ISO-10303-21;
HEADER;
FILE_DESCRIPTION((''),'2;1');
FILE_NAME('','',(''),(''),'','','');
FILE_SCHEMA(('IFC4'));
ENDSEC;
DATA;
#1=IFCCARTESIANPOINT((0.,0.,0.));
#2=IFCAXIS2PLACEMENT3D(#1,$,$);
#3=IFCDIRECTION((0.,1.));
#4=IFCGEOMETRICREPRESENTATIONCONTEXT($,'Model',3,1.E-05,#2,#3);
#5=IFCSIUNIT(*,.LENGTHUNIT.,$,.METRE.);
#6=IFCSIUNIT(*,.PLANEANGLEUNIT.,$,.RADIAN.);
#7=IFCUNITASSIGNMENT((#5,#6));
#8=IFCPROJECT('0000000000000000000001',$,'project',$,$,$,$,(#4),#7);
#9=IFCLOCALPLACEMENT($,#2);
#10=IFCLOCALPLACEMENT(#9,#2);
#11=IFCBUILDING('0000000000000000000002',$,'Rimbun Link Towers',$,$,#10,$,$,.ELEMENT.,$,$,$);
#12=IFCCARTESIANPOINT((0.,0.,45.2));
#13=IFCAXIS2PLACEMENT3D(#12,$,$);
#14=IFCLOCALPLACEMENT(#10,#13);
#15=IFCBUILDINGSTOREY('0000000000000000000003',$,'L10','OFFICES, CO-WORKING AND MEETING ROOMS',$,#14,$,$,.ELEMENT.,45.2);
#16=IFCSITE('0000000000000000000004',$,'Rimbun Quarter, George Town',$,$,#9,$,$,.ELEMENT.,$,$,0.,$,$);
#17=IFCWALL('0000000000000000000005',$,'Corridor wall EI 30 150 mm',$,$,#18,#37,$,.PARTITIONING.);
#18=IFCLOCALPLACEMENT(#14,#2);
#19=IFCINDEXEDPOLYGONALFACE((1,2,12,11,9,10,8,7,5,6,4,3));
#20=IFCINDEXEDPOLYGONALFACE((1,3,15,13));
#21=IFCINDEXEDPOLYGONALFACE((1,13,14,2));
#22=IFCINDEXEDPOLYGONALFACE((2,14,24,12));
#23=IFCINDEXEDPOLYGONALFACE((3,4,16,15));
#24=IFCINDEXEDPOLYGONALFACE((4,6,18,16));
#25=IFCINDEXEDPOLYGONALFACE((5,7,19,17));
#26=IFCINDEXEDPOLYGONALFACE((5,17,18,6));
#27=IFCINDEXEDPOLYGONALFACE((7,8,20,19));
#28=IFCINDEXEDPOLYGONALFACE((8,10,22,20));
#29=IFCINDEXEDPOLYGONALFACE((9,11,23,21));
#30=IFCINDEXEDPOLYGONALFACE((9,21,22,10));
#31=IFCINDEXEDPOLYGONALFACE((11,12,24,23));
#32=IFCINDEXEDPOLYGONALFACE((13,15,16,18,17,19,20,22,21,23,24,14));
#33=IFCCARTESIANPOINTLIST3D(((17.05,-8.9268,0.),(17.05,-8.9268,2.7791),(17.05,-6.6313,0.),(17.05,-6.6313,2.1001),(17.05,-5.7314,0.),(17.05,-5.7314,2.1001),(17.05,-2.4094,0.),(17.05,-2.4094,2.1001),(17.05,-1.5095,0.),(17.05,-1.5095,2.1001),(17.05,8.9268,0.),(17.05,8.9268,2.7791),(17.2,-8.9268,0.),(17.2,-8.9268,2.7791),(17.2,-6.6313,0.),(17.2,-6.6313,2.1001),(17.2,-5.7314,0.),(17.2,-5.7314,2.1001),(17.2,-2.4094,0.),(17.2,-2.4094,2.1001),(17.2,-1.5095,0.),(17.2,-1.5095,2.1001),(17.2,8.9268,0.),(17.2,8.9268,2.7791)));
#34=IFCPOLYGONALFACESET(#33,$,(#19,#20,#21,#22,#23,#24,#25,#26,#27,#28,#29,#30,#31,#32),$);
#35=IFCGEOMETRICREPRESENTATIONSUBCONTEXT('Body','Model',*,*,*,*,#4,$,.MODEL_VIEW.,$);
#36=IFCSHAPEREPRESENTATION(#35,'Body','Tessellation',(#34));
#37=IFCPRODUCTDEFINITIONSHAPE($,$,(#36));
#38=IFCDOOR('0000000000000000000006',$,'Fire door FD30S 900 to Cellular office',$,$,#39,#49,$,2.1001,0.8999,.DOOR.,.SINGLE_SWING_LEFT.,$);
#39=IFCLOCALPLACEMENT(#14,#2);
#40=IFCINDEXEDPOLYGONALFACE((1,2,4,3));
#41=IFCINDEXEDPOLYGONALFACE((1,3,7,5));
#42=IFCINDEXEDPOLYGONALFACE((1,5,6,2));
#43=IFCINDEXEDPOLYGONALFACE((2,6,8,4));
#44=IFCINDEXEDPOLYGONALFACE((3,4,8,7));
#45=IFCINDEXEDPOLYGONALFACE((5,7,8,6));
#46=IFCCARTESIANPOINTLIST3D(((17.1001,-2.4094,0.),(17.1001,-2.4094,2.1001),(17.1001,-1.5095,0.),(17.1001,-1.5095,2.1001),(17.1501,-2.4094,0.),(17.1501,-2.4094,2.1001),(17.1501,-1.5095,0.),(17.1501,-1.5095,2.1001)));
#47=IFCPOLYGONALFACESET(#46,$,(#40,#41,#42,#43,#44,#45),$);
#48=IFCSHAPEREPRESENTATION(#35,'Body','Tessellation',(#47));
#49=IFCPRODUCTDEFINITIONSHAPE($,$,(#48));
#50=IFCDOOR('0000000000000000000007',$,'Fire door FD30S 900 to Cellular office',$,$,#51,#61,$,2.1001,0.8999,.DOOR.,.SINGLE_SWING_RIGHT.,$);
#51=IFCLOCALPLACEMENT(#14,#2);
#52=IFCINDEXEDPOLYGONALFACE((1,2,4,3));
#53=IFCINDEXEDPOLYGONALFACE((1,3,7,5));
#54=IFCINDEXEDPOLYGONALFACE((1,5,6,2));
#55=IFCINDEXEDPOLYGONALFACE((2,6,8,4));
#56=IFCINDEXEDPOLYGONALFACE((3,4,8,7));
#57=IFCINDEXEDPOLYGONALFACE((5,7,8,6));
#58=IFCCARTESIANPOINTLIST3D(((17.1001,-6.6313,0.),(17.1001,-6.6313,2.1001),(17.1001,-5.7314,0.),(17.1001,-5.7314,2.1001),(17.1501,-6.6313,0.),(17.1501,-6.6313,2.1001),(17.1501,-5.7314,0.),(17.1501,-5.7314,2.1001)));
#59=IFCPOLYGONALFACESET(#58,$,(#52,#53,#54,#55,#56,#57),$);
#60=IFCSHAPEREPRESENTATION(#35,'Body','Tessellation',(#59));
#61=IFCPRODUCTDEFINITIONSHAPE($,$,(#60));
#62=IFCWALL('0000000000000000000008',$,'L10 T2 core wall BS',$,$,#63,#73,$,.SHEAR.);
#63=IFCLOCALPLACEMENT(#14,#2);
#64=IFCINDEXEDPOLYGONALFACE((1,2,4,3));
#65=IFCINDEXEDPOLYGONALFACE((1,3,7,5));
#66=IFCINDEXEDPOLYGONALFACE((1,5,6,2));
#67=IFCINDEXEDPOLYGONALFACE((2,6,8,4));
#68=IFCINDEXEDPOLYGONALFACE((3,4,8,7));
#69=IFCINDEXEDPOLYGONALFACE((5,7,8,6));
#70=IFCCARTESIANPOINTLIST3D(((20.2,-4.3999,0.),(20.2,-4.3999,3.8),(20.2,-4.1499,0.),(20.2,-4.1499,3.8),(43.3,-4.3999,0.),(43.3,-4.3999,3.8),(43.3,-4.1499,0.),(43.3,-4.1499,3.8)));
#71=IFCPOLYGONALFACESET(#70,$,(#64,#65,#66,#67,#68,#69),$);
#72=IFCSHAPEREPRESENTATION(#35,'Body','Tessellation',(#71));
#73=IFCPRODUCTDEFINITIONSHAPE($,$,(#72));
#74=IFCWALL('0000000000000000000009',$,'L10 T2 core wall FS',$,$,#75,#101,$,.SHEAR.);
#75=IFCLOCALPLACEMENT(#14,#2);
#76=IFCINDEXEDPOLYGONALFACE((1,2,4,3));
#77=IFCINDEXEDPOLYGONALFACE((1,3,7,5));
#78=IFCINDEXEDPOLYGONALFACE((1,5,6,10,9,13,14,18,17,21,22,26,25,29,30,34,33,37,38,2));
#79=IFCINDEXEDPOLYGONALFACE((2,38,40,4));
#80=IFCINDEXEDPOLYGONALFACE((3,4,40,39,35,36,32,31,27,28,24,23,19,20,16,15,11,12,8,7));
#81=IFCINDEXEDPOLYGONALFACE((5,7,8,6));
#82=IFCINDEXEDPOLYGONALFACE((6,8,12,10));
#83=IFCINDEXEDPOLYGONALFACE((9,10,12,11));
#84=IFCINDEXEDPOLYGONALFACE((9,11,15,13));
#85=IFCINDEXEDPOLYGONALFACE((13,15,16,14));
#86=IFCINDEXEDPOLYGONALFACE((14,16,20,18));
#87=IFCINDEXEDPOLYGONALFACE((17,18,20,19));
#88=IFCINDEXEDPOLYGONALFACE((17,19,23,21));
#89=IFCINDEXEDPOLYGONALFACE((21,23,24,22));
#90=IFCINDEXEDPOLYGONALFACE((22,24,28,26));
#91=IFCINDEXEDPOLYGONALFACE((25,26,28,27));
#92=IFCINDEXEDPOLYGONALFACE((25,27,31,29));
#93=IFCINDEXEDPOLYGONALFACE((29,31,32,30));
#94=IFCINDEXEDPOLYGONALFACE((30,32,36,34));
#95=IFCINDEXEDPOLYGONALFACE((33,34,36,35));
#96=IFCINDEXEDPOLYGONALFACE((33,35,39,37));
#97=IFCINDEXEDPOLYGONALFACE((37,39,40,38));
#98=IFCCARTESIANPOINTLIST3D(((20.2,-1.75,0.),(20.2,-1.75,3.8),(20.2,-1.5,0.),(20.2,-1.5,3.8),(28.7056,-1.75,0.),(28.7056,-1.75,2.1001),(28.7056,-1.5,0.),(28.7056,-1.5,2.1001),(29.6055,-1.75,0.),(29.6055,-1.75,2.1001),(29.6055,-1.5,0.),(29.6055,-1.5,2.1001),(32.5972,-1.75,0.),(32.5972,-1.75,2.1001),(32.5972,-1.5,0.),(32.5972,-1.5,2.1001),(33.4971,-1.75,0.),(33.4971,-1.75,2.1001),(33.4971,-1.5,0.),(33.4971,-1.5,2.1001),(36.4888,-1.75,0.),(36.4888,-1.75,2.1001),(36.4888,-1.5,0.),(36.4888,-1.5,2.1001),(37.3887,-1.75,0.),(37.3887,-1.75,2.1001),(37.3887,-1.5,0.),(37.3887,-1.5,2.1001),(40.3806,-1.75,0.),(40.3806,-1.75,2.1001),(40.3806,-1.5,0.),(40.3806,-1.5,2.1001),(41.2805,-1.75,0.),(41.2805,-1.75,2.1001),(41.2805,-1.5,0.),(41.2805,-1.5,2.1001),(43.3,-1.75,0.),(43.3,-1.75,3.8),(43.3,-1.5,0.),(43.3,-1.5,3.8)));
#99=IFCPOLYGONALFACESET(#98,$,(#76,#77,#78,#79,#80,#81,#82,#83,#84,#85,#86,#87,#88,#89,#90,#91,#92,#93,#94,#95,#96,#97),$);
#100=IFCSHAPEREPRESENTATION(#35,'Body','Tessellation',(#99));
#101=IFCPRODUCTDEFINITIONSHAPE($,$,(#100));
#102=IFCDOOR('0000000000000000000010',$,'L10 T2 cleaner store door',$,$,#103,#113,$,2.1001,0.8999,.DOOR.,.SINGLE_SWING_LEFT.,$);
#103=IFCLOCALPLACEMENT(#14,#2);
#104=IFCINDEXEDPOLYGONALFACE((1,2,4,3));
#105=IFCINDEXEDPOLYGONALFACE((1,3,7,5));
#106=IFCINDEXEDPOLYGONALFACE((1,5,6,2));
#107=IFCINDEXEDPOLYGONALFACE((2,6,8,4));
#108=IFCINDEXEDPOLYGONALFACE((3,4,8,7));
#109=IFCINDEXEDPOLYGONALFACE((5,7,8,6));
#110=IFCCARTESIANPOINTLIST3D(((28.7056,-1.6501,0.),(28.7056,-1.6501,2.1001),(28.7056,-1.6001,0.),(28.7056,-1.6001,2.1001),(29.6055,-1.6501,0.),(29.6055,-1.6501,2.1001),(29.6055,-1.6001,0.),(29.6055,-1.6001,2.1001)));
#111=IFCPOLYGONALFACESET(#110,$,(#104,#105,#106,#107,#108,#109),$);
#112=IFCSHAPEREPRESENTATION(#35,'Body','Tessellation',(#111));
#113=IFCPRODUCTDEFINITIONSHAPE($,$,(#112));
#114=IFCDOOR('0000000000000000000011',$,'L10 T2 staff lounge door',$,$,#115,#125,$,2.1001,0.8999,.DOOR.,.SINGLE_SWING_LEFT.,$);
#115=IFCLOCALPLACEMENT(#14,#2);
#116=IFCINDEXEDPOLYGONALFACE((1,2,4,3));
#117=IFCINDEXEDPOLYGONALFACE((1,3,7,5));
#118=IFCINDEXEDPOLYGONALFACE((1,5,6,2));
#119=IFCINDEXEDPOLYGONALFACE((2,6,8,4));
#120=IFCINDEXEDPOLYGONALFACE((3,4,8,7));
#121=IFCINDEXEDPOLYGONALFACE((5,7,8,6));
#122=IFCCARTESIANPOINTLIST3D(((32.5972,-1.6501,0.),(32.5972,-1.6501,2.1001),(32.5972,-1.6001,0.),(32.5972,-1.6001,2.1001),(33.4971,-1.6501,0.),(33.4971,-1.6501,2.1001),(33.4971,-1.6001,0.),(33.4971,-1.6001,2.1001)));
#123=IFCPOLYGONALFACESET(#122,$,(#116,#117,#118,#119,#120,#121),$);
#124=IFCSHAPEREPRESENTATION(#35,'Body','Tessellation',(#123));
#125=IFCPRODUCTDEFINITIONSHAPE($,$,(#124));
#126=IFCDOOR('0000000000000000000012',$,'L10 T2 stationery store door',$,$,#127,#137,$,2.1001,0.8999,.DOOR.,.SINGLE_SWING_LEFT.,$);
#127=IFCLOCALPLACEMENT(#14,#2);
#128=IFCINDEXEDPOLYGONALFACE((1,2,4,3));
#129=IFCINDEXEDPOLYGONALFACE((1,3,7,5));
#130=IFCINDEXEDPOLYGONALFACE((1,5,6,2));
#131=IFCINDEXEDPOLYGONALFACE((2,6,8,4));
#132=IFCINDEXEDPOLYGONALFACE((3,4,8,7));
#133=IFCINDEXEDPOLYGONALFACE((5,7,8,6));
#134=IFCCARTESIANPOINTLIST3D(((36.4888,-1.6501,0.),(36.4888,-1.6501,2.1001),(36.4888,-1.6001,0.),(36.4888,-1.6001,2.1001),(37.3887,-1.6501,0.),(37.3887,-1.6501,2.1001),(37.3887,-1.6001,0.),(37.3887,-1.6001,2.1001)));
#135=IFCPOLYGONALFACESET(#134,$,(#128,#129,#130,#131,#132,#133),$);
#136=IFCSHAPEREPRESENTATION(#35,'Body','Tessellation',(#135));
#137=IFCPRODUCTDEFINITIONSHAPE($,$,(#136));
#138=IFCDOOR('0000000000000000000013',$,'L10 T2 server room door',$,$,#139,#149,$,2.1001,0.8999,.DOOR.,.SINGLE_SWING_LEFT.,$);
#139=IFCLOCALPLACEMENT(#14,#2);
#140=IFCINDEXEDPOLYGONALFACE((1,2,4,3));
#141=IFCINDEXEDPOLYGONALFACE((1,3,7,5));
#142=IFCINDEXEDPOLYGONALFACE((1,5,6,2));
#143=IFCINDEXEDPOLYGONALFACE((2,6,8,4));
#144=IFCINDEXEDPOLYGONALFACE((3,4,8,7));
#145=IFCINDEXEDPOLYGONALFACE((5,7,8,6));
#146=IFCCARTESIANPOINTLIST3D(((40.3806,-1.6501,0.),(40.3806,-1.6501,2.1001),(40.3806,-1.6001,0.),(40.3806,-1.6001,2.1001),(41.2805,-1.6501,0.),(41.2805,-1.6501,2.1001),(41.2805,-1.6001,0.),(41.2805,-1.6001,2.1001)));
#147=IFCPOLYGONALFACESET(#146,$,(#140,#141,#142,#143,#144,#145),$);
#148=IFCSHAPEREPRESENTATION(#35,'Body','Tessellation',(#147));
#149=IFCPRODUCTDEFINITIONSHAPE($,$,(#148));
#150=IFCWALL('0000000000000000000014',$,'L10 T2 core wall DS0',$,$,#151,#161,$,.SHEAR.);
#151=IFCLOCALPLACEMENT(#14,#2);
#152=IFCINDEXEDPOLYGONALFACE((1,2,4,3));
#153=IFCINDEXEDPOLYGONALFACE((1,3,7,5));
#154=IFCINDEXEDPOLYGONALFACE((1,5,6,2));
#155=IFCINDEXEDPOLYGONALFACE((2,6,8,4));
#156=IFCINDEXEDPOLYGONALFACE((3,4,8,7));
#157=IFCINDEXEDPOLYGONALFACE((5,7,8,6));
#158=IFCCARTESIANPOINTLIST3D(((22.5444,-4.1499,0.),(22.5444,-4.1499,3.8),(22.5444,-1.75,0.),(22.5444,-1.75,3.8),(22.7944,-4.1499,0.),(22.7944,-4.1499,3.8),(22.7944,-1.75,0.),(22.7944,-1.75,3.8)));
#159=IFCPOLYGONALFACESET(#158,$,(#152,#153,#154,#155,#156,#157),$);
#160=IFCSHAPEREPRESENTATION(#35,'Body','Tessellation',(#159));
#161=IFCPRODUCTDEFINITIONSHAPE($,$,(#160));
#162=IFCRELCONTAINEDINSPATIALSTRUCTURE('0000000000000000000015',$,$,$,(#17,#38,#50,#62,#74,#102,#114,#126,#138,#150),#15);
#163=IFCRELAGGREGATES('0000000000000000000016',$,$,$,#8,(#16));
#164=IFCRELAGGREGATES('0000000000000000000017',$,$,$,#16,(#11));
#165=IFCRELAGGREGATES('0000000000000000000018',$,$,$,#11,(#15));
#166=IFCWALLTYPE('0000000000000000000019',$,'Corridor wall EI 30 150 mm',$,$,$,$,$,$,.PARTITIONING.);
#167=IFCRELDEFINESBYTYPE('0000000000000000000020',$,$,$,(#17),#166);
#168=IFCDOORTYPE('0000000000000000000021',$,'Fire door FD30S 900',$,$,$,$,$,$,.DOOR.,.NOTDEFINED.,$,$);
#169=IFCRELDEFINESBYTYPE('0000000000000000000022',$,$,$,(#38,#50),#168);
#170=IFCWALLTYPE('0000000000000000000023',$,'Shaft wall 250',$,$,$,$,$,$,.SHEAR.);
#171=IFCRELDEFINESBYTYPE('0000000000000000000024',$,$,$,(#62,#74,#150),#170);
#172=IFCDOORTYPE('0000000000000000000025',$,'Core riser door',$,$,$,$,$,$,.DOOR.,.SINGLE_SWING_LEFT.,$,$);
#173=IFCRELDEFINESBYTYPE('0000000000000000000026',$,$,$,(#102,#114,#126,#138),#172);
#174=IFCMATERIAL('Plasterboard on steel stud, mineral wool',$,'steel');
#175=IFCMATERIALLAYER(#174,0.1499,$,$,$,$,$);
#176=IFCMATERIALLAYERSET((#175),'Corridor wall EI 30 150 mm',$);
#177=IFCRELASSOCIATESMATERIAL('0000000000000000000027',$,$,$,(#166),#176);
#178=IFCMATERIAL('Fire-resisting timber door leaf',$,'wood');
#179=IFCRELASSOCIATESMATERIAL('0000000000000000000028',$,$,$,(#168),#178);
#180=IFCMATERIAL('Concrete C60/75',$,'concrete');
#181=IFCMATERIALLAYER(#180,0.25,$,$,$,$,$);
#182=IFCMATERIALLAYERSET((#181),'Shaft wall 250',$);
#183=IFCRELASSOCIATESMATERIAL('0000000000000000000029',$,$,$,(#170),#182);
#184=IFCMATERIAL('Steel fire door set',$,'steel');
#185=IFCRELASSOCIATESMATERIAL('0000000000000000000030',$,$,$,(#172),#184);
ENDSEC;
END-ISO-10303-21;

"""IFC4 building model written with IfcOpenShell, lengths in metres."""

from ifc_helpers import new_model, si_unit, direction, frame, frame_2d, origin, place, context, subcontext, project, spatial, rectangle, extrude, material, layer, layer_set, type_object, element, fill, save


model = new_model("IFC4")

# Units and contexts
model_context = context("Model", 3, precision=1e-05, world=origin(), true_north=direction((0.0, 1.0)))
body_context = subcontext(model_context, "Body", "Model", "MODEL_VIEW")
ifc_project = project(units=[si_unit("LENGTHUNIT", "METRE"), si_unit("PLANEANGLEUNIT", "RADIAN")], contexts=[model_context])

# Site, building, storey
site_placement = place(None, origin())
site = spatial("IfcSite", under=ifc_project, at=site_placement, Name="Rimbun Quarter, George Town", CompositionType="ELEMENT", RefElevation=0.0)
building_placement = place(site_placement, origin())
building = spatial("IfcBuilding", under=site, at=building_placement, Name="Rimbun Link Towers", CompositionType="ELEMENT")
storey_placement = place(building_placement, frame((0.0, 0.0, 45.2)))
storey = spatial("IfcBuildingStorey", under=building, at=storey_placement, Name="L10", Description="OFFICES, CO-WORKING AND MEETING ROOMS", CompositionType="ELEMENT", Elevation=45.2)

# Shared definitions
ifc_material_1 = material(Name="Plasterboard on steel stud, mineral wool", Category="steel")
ifc_layer_1 = layer(ifc_material_1, 0.1499)
ifc_layer_set_1 = layer_set([ifc_layer_1], Name="Corridor wall EI 30 150 mm")
wall_type_1 = type_object("IfcWallType", Name="Corridor wall EI 30 150 mm", PredefinedType="PARTITIONING", material=ifc_layer_set_1)
ifc_material_2 = material(Name="Fire-resisting timber door leaf", Category="wood")
door_type_1 = type_object("IfcDoorType", Name="Fire door FD30S 900", OperationType="NOTDEFINED", PredefinedType="DOOR", material=ifc_material_2)

# Wall, openings, doors
wall_1_placement = place(storey_placement, frame((17.125, -8.9268, 0.0), z_axis=(0.0, 0.0, 1.0), x_axis=(0.0, 1.0, 0.0)))
wall_1 = element("IfcWall", 1, at=wall_1_placement, inside=storey, type_object=wall_type_1, Name="Corridor wall EI 30 150 mm", PredefinedType="PARTITIONING", context=body_context, shape_type="SweptSolid", body=[
    extrude(rectangle(XDim=17.8535, YDim=0.1499, at=frame_2d((8.9268, 0.0))), origin(), (0.0, 0.0, 1.0), 2.7791),
])
opening_1_placement = place(wall_1_placement, frame((6.5173, 0.0, 0.0)))
opening_1 = element("IfcOpeningElement", 2, at=opening_1_placement, cuts=wall_1, PredefinedType="OPENING", context=body_context, shape_type="SweptSolid", body=[
    extrude(rectangle(XDim=0.8999, YDim=2.1001, at=frame_2d((0.45, 1.05))), frame((0.0, 0.085, 0.0), z_axis=(0.0, -1.0, 0.0), x_axis=(1.0, 0.0, 0.0)), (0.0, 0.0, 1.0), 0.1699),
])
opening_2_placement = place(wall_1_placement, frame((2.2954, 0.0, 0.0)))
opening_2 = element("IfcOpeningElement", 3, at=opening_2_placement, cuts=wall_1, PredefinedType="OPENING", context=body_context, shape_type="SweptSolid", body=[
    extrude(rectangle(XDim=0.8999, YDim=2.1001, at=frame_2d((0.45, 1.05))), frame((0.0, 0.085, 0.0), z_axis=(0.0, -1.0, 0.0), x_axis=(1.0, 0.0, 0.0)), (0.0, 0.0, 1.0), 0.1699),
])
door_1_placement = place(opening_1_placement, origin())
door_1 = element("IfcDoor", 4, at=door_1_placement, inside=storey, type_object=door_type_1, Name="Fire door FD30S 900 to Cellular office", OperationType="SINGLE_SWING_LEFT", OverallHeight=2.1001, OverallWidth=0.8999, PredefinedType="DOOR", context=body_context, shape_type="SweptSolid", body=[
    extrude(rectangle(XDim=0.8999, YDim=2.1001, at=frame_2d((0.45, 1.05))), frame((0.0, 0.0249, 0.0), z_axis=(0.0, -1.0, 0.0), x_axis=(1.0, 0.0, 0.0)), (0.0, 0.0, 1.0), 0.05),
])
fill(opening_1, door_1)
door_2_placement = place(opening_2_placement, origin())
door_2 = element("IfcDoor", 5, at=door_2_placement, inside=storey, type_object=door_type_1, Name="Fire door FD30S 900 to Cellular office", OperationType="SINGLE_SWING_RIGHT", OverallHeight=2.1001, OverallWidth=0.8999, PredefinedType="DOOR", context=body_context, shape_type="SweptSolid", body=[
    extrude(rectangle(XDim=0.8999, YDim=2.1001, at=frame_2d((0.45, 1.05))), frame((0.0, 0.0249, 0.0), z_axis=(0.0, -1.0, 0.0), x_axis=(1.0, 0.0, 0.0)), (0.0, 0.0, 1.0), 0.05),
])
fill(opening_2, door_2)

# Wall
ifc_material_3 = material(Name="Concrete C60/75", Category="concrete")
ifc_layer_2 = layer(ifc_material_3, 0.25)
ifc_layer_set_2 = layer_set([ifc_layer_2], Name="Shaft wall 250")
wall_type_2 = type_object("IfcWallType", Name="Shaft wall 250", PredefinedType="SHEAR", material=ifc_layer_set_2)
wall_2_placement = place(storey_placement, frame((20.2, -4.2749, 0.0), z_axis=(0.0, 0.0, 1.0), x_axis=(1.0, 0.0, 0.0)))
element("IfcWall", 6, at=wall_2_placement, inside=storey, type_object=wall_type_2, Name="L10 T2 core wall BS", PredefinedType="SHEAR", context=body_context, shape_type="SweptSolid", body=[
    extrude(rectangle(XDim=23.1001, YDim=0.25, at=frame_2d((11.55, 0.0))), origin(), (0.0, 0.0, 1.0), 3.8),
])

# Wall, openings, doors
wall_3_placement = place(storey_placement, frame((20.2, -1.625, 0.0), z_axis=(0.0, 0.0, 1.0), x_axis=(1.0, 0.0, 0.0)))
wall_3 = element("IfcWall", 7, at=wall_3_placement, inside=storey, type_object=wall_type_2, Name="L10 T2 core wall FS", PredefinedType="SHEAR", context=body_context, shape_type="SweptSolid", body=[
    extrude(rectangle(XDim=23.1001, YDim=0.25, at=frame_2d((11.55, 0.0))), origin(), (0.0, 0.0, 1.0), 3.8),
])
opening_3_placement = place(wall_3_placement, frame((8.5056, 0.0, 0.0)))
opening_3 = element("IfcOpeningElement", 8, at=opening_3_placement, cuts=wall_3, PredefinedType="OPENING", context=body_context, shape_type="SweptSolid", body=[
    extrude(rectangle(XDim=0.8999, YDim=2.1001, at=frame_2d((0.45, 1.05))), frame((0.0, 0.135, 0.0), z_axis=(0.0, -1.0, 0.0), x_axis=(1.0, 0.0, 0.0)), (0.0, 0.0, 1.0), 0.27),
])
opening_4_placement = place(wall_3_placement, frame((12.3972, 0.0, 0.0)))
opening_4 = element("IfcOpeningElement", 9, at=opening_4_placement, cuts=wall_3, PredefinedType="OPENING", context=body_context, shape_type="SweptSolid", body=[
    extrude(rectangle(XDim=0.8999, YDim=2.1001, at=frame_2d((0.45, 1.05))), frame((0.0, 0.135, 0.0), z_axis=(0.0, -1.0, 0.0), x_axis=(1.0, 0.0, 0.0)), (0.0, 0.0, 1.0), 0.27),
])
opening_5_placement = place(wall_3_placement, frame((16.2888, 0.0, 0.0)))
opening_5 = element("IfcOpeningElement", 10, at=opening_5_placement, cuts=wall_3, PredefinedType="OPENING", context=body_context, shape_type="SweptSolid", body=[
    extrude(rectangle(XDim=0.8999, YDim=2.1001, at=frame_2d((0.45, 1.05))), frame((0.0, 0.135, 0.0), z_axis=(0.0, -1.0, 0.0), x_axis=(1.0, 0.0, 0.0)), (0.0, 0.0, 1.0), 0.27),
])
opening_6_placement = place(wall_3_placement, frame((20.1807, 0.0, 0.0)))
opening_6 = element("IfcOpeningElement", 11, at=opening_6_placement, cuts=wall_3, PredefinedType="OPENING", context=body_context, shape_type="SweptSolid", body=[
    extrude(rectangle(XDim=0.8999, YDim=2.1001, at=frame_2d((0.45, 1.05))), frame((0.0, 0.135, 0.0), z_axis=(0.0, -1.0, 0.0), x_axis=(1.0, 0.0, 0.0)), (0.0, 0.0, 1.0), 0.27),
])
ifc_material_4 = material(Name="Steel fire door set", Category="steel")
door_type_2 = type_object("IfcDoorType", Name="Core riser door", OperationType="SINGLE_SWING_LEFT", PredefinedType="DOOR", material=ifc_material_4)
door_3_placement = place(opening_3_placement, origin())
door_3 = element("IfcDoor", 12, at=door_3_placement, inside=storey, type_object=door_type_2, Name="L10 T2 cleaner store door", OperationType="SINGLE_SWING_LEFT", OverallHeight=2.1001, OverallWidth=0.8999, PredefinedType="DOOR", context=body_context, shape_type="SweptSolid", body=[
    extrude(rectangle(XDim=0.8999, YDim=2.1001, at=frame_2d((0.45, 1.05))), frame((0.0, 0.0249, 0.0), z_axis=(0.0, -1.0, 0.0), x_axis=(1.0, 0.0, 0.0)), (0.0, 0.0, 1.0), 0.05),
])
fill(opening_3, door_3)
door_4_placement = place(opening_4_placement, origin())
door_4 = element("IfcDoor", 13, at=door_4_placement, inside=storey, type_object=door_type_2, Name="L10 T2 staff lounge door", OperationType="SINGLE_SWING_LEFT", OverallHeight=2.1001, OverallWidth=0.8999, PredefinedType="DOOR", context=body_context, shape_type="SweptSolid", body=[
    extrude(rectangle(XDim=0.8999, YDim=2.1001, at=frame_2d((0.45, 1.05))), frame((0.0, 0.0249, 0.0), z_axis=(0.0, -1.0, 0.0), x_axis=(1.0, 0.0, 0.0)), (0.0, 0.0, 1.0), 0.05),
])
fill(opening_4, door_4)
door_5_placement = place(opening_5_placement, origin())
door_5 = element("IfcDoor", 14, at=door_5_placement, inside=storey, type_object=door_type_2, Name="L10 T2 stationery store door", OperationType="SINGLE_SWING_LEFT", OverallHeight=2.1001, OverallWidth=0.8999, PredefinedType="DOOR", context=body_context, shape_type="SweptSolid", body=[
    extrude(rectangle(XDim=0.8999, YDim=2.1001, at=frame_2d((0.45, 1.05))), frame((0.0, 0.0249, 0.0), z_axis=(0.0, -1.0, 0.0), x_axis=(1.0, 0.0, 0.0)), (0.0, 0.0, 1.0), 0.05),
])
fill(opening_5, door_5)
door_6_placement = place(opening_6_placement, origin())
door_6 = element("IfcDoor", 15, at=door_6_placement, inside=storey, type_object=door_type_2, Name="L10 T2 server room door", OperationType="SINGLE_SWING_LEFT", OverallHeight=2.1001, OverallWidth=0.8999, PredefinedType="DOOR", context=body_context, shape_type="SweptSolid", body=[
    extrude(rectangle(XDim=0.8999, YDim=2.1001, at=frame_2d((0.45, 1.05))), frame((0.0, 0.0249, 0.0), z_axis=(0.0, -1.0, 0.0), x_axis=(1.0, 0.0, 0.0)), (0.0, 0.0, 1.0), 0.05),
])
fill(opening_6, door_6)

# Wall
for number, where, z_axis, x_axis, name in (
    (16, (22.6694, -4.1499, 0.0), (0.0, 0.0, 1.0), (0.0, 1.0, 0.0), "L10 T2 core wall DS0"),
):
    element("IfcWall", number, at=place(storey_placement, frame(where, z_axis=z_axis, x_axis=x_axis)), inside=storey, type_object=wall_type_2, Name=name, PredefinedType="SHEAR", context=body_context, shape_type="SweptSolid", body=[
        extrude(rectangle(XDim=2.3999, YDim=0.25, at=frame_2d((1.2, 0.0))), origin(), (0.0, 0.0, 1.0), 3.8),
    ])

save(model, "model.ifc")
